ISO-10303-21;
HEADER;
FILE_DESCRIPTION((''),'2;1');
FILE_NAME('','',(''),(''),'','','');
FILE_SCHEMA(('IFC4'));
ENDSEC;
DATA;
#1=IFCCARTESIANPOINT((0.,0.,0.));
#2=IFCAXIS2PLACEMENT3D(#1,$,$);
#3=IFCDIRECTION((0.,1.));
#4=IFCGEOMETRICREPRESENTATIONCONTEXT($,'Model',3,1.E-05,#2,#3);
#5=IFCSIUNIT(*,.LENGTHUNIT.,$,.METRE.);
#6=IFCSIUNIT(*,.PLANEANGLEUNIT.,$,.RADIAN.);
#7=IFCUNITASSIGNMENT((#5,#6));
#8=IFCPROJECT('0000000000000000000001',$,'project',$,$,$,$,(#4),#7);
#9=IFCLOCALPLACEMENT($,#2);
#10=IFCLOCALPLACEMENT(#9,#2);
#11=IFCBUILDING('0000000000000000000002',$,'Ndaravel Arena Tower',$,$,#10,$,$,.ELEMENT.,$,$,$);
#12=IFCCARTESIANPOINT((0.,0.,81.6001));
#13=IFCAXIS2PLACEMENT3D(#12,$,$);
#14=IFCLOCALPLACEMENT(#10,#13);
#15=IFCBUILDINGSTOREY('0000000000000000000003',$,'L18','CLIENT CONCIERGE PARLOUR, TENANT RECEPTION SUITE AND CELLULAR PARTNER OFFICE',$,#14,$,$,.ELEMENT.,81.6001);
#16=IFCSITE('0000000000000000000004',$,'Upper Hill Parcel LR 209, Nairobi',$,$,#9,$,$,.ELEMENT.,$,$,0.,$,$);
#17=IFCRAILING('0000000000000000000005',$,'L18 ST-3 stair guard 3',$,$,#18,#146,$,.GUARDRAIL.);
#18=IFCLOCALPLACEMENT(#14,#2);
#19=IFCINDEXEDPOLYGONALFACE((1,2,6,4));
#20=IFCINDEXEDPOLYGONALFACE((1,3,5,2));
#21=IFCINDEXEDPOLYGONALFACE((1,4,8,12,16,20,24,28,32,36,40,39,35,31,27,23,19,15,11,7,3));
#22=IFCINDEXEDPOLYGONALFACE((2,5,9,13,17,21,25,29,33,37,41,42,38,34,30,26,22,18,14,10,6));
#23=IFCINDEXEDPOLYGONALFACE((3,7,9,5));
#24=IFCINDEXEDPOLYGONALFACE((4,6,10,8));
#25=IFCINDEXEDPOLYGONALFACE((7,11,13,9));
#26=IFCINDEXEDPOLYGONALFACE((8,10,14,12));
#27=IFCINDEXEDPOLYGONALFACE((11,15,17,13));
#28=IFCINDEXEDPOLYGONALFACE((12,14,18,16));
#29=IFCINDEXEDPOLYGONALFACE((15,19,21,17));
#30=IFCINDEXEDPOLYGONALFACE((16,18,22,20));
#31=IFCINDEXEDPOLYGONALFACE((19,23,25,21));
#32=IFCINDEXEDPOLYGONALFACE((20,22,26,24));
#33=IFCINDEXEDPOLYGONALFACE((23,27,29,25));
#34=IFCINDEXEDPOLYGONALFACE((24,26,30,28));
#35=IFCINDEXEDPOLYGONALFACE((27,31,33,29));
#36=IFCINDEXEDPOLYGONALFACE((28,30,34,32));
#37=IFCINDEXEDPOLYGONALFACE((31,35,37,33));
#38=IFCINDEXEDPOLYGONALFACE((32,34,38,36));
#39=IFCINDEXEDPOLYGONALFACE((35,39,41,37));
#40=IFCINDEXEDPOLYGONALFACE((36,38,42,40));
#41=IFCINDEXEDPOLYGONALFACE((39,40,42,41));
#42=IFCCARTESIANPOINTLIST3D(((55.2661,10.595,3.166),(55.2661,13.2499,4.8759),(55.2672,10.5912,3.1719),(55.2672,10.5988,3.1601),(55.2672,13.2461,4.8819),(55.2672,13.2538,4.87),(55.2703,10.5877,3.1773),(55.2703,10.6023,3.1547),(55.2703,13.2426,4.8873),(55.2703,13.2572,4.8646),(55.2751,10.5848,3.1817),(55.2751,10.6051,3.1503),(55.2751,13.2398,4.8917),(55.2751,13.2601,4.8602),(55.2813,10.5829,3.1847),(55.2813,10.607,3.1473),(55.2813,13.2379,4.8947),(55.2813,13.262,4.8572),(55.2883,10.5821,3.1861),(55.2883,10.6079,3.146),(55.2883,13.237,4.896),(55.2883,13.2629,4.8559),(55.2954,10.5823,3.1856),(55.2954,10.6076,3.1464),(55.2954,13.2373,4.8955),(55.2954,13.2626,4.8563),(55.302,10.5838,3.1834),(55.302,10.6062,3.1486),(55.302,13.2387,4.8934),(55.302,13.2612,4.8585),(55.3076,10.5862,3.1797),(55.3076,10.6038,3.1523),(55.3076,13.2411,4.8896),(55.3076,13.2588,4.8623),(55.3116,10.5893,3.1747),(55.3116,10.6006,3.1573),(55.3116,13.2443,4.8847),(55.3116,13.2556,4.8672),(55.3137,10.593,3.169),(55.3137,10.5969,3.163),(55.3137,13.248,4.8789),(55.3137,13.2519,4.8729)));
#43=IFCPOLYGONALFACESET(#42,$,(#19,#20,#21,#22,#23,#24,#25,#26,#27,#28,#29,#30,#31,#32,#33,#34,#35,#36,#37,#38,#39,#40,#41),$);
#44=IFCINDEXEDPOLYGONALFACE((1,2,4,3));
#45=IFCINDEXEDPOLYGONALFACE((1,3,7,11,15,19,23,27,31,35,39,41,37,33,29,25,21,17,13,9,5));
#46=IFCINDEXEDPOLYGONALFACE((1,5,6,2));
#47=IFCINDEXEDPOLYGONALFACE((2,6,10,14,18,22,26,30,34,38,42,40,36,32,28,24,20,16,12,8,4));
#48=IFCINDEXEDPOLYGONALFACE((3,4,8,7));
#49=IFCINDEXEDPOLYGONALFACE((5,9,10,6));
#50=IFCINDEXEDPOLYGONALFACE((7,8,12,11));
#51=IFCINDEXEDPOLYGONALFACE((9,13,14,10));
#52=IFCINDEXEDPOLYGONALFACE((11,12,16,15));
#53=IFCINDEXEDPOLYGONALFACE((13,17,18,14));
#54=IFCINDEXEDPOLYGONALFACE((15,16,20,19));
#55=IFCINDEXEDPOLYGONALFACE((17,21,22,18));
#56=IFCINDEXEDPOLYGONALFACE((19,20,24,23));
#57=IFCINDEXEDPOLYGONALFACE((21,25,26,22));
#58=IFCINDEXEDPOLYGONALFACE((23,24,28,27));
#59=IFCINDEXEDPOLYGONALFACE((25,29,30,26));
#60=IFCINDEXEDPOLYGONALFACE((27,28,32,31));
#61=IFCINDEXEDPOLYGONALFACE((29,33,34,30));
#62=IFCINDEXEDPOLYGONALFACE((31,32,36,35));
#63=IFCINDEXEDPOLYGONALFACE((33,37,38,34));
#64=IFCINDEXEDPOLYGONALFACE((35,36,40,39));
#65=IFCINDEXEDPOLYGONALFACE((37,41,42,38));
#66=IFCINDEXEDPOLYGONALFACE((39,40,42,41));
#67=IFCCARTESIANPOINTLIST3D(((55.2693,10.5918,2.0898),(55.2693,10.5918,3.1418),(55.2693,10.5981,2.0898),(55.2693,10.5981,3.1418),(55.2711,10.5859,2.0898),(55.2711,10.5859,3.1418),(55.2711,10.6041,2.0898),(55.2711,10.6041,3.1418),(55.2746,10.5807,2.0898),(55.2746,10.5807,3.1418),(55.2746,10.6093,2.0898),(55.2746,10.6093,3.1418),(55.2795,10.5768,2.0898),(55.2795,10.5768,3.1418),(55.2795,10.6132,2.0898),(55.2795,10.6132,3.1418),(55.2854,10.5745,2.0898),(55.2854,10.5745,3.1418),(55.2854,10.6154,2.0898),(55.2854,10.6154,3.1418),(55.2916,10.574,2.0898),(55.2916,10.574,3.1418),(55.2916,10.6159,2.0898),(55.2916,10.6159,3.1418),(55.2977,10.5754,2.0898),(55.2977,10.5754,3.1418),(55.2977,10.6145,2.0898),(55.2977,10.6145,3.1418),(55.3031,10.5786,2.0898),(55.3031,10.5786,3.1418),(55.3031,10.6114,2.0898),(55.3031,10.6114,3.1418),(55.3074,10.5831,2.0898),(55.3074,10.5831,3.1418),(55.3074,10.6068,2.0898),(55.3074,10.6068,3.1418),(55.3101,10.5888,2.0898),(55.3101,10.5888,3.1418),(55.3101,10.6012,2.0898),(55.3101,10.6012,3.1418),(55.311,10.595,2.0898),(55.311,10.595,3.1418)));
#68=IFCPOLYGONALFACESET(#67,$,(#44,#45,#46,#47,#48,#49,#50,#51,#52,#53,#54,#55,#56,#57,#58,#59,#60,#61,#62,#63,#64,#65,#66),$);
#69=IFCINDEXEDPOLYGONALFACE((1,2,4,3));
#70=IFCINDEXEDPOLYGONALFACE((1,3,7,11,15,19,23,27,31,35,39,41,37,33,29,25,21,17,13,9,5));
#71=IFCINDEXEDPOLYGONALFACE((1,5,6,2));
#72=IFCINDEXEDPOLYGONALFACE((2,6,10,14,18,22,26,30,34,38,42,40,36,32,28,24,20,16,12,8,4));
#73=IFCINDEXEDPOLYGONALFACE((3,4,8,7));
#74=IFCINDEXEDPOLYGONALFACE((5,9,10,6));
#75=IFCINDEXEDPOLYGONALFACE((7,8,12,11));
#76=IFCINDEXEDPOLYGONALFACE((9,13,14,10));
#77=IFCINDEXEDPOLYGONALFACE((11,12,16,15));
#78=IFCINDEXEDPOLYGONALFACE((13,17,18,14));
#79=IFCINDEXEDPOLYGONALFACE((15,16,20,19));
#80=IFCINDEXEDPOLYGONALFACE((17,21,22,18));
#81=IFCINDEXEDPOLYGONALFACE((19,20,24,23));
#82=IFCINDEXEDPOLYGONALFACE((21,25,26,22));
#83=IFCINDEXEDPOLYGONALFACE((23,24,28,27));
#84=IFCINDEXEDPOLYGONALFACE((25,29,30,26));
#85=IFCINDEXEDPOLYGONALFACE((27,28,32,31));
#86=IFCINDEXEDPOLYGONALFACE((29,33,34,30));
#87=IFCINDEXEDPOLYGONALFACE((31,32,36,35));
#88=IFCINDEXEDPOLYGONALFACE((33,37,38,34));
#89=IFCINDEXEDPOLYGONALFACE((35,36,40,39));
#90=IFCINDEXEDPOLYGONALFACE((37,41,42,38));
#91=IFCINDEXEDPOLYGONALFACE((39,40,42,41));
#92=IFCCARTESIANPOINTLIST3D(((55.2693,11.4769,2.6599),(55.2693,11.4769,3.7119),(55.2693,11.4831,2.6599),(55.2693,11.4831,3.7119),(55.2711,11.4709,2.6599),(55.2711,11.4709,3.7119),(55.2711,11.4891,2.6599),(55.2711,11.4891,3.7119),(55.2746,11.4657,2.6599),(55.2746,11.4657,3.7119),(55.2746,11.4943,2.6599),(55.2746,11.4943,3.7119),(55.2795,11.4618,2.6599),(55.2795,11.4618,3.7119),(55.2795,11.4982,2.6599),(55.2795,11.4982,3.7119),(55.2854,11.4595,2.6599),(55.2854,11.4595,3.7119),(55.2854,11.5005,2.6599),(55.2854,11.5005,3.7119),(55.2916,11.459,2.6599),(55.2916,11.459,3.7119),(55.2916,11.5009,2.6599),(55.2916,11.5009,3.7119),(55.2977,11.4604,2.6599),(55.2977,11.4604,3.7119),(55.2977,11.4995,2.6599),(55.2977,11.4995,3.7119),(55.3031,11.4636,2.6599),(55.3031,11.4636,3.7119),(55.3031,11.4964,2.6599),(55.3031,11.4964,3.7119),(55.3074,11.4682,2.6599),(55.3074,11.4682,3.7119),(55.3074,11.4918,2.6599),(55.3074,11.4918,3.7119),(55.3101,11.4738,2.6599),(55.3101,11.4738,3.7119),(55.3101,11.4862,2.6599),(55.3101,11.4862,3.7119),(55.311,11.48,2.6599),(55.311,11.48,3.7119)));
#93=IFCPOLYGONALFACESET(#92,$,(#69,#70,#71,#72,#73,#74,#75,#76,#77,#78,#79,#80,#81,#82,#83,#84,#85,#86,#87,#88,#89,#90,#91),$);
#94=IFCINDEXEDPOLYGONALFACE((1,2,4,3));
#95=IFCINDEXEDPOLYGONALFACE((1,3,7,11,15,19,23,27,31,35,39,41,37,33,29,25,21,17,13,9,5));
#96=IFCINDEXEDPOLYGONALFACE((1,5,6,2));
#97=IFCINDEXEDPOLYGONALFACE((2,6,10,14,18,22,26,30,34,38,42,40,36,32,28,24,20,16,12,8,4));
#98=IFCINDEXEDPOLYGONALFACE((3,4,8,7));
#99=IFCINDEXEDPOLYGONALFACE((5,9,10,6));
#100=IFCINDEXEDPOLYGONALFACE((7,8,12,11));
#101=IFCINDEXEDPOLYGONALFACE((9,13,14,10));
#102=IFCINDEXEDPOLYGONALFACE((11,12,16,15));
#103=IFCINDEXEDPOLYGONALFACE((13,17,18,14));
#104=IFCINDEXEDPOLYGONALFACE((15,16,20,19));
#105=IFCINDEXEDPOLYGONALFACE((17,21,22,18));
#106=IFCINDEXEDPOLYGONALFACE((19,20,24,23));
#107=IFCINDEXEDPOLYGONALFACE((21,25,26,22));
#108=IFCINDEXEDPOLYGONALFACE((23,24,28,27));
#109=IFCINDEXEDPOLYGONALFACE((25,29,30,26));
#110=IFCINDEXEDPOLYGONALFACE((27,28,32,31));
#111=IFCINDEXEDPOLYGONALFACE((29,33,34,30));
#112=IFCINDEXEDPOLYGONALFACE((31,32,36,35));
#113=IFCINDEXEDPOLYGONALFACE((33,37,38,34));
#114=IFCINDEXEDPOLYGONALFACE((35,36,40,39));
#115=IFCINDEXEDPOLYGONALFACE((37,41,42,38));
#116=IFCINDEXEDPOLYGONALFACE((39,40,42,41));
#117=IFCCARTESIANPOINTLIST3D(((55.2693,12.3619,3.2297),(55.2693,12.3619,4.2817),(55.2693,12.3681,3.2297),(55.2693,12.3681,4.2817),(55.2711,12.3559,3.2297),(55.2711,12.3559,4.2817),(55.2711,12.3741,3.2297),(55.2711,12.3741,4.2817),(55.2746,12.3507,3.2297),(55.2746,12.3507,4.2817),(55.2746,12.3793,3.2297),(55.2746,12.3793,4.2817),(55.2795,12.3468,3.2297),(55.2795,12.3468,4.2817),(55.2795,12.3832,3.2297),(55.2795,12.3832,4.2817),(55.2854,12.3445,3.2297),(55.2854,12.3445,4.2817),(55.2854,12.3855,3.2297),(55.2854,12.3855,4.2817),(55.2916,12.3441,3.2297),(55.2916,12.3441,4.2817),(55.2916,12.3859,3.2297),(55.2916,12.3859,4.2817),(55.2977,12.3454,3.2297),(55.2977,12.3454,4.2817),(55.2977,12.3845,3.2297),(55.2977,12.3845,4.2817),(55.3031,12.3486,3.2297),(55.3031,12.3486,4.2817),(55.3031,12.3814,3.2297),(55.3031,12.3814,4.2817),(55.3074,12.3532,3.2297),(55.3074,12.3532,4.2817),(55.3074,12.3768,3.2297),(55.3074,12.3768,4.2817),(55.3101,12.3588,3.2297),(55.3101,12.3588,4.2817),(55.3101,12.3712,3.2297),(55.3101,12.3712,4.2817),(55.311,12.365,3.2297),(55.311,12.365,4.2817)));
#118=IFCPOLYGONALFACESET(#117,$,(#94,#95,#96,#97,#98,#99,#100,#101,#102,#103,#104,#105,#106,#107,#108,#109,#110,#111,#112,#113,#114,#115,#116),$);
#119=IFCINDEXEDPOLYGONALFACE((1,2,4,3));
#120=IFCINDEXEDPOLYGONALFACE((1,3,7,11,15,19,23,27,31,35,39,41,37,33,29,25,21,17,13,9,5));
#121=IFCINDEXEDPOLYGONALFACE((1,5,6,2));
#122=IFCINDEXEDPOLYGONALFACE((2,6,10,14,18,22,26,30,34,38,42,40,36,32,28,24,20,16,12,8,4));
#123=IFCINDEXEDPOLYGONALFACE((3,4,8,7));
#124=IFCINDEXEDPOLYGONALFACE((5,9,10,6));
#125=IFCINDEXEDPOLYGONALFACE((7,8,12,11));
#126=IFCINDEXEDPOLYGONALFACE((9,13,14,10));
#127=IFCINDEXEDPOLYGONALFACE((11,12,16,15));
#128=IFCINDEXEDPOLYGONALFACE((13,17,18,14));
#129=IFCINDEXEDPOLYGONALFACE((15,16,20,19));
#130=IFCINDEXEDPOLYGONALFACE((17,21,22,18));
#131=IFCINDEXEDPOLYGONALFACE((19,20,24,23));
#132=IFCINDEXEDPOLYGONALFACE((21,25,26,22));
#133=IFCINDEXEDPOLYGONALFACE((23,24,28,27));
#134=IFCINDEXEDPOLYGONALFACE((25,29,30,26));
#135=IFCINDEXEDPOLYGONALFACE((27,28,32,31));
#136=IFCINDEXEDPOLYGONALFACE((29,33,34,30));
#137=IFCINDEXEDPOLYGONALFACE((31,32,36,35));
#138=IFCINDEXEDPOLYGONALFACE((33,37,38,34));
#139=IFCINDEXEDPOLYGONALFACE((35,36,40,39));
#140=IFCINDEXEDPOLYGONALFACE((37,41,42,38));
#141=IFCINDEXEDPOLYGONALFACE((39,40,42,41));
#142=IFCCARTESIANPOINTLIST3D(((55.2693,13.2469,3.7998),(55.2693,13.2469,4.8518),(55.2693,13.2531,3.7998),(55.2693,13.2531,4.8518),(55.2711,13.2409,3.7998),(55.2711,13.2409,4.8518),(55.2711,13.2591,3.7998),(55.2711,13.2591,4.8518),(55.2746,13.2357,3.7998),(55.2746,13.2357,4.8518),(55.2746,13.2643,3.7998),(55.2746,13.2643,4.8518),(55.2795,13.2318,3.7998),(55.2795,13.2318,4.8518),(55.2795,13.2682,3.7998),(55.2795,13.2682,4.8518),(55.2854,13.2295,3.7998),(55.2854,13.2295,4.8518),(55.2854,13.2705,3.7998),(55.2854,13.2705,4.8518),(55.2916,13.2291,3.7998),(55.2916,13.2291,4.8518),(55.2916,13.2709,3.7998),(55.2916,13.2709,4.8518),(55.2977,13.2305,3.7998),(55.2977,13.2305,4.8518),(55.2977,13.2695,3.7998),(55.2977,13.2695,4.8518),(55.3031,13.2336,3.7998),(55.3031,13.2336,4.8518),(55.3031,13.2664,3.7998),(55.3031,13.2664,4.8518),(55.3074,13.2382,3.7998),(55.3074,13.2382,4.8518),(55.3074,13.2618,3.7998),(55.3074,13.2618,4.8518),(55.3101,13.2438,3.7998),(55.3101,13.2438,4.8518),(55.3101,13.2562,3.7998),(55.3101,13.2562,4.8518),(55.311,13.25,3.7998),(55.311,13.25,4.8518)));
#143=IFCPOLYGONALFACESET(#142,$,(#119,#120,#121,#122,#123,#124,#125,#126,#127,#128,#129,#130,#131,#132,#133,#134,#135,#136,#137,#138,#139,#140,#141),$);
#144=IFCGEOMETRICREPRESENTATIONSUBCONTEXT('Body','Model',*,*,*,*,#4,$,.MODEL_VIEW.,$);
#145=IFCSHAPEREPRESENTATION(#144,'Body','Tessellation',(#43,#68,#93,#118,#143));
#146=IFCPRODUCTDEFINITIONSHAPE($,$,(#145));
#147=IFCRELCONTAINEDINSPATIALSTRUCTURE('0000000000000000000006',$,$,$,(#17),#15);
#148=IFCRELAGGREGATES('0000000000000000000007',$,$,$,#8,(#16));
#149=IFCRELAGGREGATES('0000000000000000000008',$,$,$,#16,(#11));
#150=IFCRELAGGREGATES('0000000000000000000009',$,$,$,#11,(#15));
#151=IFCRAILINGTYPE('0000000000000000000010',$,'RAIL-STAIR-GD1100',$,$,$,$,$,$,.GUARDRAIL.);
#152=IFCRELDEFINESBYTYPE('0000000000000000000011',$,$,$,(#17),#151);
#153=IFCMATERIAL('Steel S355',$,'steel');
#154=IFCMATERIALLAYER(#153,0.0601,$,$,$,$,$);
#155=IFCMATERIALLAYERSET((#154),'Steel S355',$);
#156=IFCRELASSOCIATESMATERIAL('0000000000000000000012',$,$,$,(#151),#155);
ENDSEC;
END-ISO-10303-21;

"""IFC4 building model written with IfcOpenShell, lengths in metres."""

from ifc_helpers import new_model, si_unit, direction, frame, origin, origin_2d, place, context, subcontext, project, spatial, circle, extrude, material, layer, layer_set, type_object, element, save


model = new_model("IFC4")

# Units and contexts
model_context = context("Model", 3, precision=1e-05, world=origin(), true_north=direction((0.0, 1.0)))
body_context = subcontext(model_context, "Body", "Model", "MODEL_VIEW")
ifc_project = project(units=[si_unit("LENGTHUNIT", "METRE"), si_unit("PLANEANGLEUNIT", "RADIAN")], contexts=[model_context])

# Site, building, storey
site_placement = place(None, origin())
site = spatial("IfcSite", under=ifc_project, at=site_placement, Name="Upper Hill Parcel LR 209, Nairobi", CompositionType="ELEMENT", RefElevation=0.0)
building_placement = place(site_placement, origin())
building = spatial("IfcBuilding", under=site, at=building_placement, Name="Ndaravel Arena Tower", CompositionType="ELEMENT")
storey_placement = place(building_placement, frame((0.0, 0.0, 81.6001)))
storey = spatial("IfcBuildingStorey", under=building, at=storey_placement, Name="L18", Description="CLIENT CONCIERGE PARLOUR, TENANT RECEPTION SUITE AND CELLULAR PARTNER OFFICE", CompositionType="ELEMENT", Elevation=81.6001)

# Railing
ifc_material_1 = material(Name="Steel S355", Category="steel")
ifc_layer_1 = layer(ifc_material_1, 0.0601)
ifc_layer_set_1 = layer_set([ifc_layer_1], Name="Steel S355")
railing_type_1 = type_object("IfcRailingType", Name="RAIL-STAIR-GD1100", PredefinedType="GUARDRAIL", material=ifc_layer_set_1)
railing_1_placement = place(storey_placement, frame((55.29, 10.595, 2.0898)))
element("IfcRailing", 1, at=railing_1_placement, inside=storey, type_object=railing_type_1, Name="L18 ST-3 stair guard 3", PredefinedType="GUARDRAIL", context=body_context, shape_type="SweptSolid", body=[
    extrude(circle(Radius=0.0239, at=origin_2d()), frame((0.0, 0.0, 1.0762), z_axis=(0.0, 0.840724, 0.541465), x_axis=(-1.0, 0.0, 0.0)), (0.0, 0.0, 1.0), 3.158),
    extrude(circle(Radius=0.021, at=origin_2d()), origin(), (0.0, 0.0, 1.0), 1.052),
    extrude(circle(Radius=0.021, at=origin_2d()), frame((0.0, 0.885, 0.5701)), (0.0, 0.0, 1.0), 1.052),
    extrude(circle(Radius=0.021, at=origin_2d()), frame((0.0, 1.77, 1.1399)), (0.0, 0.0, 1.0), 1.052),
    extrude(circle(Radius=0.021, at=origin_2d()), frame((0.0, 2.655, 1.71)), (0.0, 0.0, 1.0), 1.052),
])

save(model, "model.ifc")
